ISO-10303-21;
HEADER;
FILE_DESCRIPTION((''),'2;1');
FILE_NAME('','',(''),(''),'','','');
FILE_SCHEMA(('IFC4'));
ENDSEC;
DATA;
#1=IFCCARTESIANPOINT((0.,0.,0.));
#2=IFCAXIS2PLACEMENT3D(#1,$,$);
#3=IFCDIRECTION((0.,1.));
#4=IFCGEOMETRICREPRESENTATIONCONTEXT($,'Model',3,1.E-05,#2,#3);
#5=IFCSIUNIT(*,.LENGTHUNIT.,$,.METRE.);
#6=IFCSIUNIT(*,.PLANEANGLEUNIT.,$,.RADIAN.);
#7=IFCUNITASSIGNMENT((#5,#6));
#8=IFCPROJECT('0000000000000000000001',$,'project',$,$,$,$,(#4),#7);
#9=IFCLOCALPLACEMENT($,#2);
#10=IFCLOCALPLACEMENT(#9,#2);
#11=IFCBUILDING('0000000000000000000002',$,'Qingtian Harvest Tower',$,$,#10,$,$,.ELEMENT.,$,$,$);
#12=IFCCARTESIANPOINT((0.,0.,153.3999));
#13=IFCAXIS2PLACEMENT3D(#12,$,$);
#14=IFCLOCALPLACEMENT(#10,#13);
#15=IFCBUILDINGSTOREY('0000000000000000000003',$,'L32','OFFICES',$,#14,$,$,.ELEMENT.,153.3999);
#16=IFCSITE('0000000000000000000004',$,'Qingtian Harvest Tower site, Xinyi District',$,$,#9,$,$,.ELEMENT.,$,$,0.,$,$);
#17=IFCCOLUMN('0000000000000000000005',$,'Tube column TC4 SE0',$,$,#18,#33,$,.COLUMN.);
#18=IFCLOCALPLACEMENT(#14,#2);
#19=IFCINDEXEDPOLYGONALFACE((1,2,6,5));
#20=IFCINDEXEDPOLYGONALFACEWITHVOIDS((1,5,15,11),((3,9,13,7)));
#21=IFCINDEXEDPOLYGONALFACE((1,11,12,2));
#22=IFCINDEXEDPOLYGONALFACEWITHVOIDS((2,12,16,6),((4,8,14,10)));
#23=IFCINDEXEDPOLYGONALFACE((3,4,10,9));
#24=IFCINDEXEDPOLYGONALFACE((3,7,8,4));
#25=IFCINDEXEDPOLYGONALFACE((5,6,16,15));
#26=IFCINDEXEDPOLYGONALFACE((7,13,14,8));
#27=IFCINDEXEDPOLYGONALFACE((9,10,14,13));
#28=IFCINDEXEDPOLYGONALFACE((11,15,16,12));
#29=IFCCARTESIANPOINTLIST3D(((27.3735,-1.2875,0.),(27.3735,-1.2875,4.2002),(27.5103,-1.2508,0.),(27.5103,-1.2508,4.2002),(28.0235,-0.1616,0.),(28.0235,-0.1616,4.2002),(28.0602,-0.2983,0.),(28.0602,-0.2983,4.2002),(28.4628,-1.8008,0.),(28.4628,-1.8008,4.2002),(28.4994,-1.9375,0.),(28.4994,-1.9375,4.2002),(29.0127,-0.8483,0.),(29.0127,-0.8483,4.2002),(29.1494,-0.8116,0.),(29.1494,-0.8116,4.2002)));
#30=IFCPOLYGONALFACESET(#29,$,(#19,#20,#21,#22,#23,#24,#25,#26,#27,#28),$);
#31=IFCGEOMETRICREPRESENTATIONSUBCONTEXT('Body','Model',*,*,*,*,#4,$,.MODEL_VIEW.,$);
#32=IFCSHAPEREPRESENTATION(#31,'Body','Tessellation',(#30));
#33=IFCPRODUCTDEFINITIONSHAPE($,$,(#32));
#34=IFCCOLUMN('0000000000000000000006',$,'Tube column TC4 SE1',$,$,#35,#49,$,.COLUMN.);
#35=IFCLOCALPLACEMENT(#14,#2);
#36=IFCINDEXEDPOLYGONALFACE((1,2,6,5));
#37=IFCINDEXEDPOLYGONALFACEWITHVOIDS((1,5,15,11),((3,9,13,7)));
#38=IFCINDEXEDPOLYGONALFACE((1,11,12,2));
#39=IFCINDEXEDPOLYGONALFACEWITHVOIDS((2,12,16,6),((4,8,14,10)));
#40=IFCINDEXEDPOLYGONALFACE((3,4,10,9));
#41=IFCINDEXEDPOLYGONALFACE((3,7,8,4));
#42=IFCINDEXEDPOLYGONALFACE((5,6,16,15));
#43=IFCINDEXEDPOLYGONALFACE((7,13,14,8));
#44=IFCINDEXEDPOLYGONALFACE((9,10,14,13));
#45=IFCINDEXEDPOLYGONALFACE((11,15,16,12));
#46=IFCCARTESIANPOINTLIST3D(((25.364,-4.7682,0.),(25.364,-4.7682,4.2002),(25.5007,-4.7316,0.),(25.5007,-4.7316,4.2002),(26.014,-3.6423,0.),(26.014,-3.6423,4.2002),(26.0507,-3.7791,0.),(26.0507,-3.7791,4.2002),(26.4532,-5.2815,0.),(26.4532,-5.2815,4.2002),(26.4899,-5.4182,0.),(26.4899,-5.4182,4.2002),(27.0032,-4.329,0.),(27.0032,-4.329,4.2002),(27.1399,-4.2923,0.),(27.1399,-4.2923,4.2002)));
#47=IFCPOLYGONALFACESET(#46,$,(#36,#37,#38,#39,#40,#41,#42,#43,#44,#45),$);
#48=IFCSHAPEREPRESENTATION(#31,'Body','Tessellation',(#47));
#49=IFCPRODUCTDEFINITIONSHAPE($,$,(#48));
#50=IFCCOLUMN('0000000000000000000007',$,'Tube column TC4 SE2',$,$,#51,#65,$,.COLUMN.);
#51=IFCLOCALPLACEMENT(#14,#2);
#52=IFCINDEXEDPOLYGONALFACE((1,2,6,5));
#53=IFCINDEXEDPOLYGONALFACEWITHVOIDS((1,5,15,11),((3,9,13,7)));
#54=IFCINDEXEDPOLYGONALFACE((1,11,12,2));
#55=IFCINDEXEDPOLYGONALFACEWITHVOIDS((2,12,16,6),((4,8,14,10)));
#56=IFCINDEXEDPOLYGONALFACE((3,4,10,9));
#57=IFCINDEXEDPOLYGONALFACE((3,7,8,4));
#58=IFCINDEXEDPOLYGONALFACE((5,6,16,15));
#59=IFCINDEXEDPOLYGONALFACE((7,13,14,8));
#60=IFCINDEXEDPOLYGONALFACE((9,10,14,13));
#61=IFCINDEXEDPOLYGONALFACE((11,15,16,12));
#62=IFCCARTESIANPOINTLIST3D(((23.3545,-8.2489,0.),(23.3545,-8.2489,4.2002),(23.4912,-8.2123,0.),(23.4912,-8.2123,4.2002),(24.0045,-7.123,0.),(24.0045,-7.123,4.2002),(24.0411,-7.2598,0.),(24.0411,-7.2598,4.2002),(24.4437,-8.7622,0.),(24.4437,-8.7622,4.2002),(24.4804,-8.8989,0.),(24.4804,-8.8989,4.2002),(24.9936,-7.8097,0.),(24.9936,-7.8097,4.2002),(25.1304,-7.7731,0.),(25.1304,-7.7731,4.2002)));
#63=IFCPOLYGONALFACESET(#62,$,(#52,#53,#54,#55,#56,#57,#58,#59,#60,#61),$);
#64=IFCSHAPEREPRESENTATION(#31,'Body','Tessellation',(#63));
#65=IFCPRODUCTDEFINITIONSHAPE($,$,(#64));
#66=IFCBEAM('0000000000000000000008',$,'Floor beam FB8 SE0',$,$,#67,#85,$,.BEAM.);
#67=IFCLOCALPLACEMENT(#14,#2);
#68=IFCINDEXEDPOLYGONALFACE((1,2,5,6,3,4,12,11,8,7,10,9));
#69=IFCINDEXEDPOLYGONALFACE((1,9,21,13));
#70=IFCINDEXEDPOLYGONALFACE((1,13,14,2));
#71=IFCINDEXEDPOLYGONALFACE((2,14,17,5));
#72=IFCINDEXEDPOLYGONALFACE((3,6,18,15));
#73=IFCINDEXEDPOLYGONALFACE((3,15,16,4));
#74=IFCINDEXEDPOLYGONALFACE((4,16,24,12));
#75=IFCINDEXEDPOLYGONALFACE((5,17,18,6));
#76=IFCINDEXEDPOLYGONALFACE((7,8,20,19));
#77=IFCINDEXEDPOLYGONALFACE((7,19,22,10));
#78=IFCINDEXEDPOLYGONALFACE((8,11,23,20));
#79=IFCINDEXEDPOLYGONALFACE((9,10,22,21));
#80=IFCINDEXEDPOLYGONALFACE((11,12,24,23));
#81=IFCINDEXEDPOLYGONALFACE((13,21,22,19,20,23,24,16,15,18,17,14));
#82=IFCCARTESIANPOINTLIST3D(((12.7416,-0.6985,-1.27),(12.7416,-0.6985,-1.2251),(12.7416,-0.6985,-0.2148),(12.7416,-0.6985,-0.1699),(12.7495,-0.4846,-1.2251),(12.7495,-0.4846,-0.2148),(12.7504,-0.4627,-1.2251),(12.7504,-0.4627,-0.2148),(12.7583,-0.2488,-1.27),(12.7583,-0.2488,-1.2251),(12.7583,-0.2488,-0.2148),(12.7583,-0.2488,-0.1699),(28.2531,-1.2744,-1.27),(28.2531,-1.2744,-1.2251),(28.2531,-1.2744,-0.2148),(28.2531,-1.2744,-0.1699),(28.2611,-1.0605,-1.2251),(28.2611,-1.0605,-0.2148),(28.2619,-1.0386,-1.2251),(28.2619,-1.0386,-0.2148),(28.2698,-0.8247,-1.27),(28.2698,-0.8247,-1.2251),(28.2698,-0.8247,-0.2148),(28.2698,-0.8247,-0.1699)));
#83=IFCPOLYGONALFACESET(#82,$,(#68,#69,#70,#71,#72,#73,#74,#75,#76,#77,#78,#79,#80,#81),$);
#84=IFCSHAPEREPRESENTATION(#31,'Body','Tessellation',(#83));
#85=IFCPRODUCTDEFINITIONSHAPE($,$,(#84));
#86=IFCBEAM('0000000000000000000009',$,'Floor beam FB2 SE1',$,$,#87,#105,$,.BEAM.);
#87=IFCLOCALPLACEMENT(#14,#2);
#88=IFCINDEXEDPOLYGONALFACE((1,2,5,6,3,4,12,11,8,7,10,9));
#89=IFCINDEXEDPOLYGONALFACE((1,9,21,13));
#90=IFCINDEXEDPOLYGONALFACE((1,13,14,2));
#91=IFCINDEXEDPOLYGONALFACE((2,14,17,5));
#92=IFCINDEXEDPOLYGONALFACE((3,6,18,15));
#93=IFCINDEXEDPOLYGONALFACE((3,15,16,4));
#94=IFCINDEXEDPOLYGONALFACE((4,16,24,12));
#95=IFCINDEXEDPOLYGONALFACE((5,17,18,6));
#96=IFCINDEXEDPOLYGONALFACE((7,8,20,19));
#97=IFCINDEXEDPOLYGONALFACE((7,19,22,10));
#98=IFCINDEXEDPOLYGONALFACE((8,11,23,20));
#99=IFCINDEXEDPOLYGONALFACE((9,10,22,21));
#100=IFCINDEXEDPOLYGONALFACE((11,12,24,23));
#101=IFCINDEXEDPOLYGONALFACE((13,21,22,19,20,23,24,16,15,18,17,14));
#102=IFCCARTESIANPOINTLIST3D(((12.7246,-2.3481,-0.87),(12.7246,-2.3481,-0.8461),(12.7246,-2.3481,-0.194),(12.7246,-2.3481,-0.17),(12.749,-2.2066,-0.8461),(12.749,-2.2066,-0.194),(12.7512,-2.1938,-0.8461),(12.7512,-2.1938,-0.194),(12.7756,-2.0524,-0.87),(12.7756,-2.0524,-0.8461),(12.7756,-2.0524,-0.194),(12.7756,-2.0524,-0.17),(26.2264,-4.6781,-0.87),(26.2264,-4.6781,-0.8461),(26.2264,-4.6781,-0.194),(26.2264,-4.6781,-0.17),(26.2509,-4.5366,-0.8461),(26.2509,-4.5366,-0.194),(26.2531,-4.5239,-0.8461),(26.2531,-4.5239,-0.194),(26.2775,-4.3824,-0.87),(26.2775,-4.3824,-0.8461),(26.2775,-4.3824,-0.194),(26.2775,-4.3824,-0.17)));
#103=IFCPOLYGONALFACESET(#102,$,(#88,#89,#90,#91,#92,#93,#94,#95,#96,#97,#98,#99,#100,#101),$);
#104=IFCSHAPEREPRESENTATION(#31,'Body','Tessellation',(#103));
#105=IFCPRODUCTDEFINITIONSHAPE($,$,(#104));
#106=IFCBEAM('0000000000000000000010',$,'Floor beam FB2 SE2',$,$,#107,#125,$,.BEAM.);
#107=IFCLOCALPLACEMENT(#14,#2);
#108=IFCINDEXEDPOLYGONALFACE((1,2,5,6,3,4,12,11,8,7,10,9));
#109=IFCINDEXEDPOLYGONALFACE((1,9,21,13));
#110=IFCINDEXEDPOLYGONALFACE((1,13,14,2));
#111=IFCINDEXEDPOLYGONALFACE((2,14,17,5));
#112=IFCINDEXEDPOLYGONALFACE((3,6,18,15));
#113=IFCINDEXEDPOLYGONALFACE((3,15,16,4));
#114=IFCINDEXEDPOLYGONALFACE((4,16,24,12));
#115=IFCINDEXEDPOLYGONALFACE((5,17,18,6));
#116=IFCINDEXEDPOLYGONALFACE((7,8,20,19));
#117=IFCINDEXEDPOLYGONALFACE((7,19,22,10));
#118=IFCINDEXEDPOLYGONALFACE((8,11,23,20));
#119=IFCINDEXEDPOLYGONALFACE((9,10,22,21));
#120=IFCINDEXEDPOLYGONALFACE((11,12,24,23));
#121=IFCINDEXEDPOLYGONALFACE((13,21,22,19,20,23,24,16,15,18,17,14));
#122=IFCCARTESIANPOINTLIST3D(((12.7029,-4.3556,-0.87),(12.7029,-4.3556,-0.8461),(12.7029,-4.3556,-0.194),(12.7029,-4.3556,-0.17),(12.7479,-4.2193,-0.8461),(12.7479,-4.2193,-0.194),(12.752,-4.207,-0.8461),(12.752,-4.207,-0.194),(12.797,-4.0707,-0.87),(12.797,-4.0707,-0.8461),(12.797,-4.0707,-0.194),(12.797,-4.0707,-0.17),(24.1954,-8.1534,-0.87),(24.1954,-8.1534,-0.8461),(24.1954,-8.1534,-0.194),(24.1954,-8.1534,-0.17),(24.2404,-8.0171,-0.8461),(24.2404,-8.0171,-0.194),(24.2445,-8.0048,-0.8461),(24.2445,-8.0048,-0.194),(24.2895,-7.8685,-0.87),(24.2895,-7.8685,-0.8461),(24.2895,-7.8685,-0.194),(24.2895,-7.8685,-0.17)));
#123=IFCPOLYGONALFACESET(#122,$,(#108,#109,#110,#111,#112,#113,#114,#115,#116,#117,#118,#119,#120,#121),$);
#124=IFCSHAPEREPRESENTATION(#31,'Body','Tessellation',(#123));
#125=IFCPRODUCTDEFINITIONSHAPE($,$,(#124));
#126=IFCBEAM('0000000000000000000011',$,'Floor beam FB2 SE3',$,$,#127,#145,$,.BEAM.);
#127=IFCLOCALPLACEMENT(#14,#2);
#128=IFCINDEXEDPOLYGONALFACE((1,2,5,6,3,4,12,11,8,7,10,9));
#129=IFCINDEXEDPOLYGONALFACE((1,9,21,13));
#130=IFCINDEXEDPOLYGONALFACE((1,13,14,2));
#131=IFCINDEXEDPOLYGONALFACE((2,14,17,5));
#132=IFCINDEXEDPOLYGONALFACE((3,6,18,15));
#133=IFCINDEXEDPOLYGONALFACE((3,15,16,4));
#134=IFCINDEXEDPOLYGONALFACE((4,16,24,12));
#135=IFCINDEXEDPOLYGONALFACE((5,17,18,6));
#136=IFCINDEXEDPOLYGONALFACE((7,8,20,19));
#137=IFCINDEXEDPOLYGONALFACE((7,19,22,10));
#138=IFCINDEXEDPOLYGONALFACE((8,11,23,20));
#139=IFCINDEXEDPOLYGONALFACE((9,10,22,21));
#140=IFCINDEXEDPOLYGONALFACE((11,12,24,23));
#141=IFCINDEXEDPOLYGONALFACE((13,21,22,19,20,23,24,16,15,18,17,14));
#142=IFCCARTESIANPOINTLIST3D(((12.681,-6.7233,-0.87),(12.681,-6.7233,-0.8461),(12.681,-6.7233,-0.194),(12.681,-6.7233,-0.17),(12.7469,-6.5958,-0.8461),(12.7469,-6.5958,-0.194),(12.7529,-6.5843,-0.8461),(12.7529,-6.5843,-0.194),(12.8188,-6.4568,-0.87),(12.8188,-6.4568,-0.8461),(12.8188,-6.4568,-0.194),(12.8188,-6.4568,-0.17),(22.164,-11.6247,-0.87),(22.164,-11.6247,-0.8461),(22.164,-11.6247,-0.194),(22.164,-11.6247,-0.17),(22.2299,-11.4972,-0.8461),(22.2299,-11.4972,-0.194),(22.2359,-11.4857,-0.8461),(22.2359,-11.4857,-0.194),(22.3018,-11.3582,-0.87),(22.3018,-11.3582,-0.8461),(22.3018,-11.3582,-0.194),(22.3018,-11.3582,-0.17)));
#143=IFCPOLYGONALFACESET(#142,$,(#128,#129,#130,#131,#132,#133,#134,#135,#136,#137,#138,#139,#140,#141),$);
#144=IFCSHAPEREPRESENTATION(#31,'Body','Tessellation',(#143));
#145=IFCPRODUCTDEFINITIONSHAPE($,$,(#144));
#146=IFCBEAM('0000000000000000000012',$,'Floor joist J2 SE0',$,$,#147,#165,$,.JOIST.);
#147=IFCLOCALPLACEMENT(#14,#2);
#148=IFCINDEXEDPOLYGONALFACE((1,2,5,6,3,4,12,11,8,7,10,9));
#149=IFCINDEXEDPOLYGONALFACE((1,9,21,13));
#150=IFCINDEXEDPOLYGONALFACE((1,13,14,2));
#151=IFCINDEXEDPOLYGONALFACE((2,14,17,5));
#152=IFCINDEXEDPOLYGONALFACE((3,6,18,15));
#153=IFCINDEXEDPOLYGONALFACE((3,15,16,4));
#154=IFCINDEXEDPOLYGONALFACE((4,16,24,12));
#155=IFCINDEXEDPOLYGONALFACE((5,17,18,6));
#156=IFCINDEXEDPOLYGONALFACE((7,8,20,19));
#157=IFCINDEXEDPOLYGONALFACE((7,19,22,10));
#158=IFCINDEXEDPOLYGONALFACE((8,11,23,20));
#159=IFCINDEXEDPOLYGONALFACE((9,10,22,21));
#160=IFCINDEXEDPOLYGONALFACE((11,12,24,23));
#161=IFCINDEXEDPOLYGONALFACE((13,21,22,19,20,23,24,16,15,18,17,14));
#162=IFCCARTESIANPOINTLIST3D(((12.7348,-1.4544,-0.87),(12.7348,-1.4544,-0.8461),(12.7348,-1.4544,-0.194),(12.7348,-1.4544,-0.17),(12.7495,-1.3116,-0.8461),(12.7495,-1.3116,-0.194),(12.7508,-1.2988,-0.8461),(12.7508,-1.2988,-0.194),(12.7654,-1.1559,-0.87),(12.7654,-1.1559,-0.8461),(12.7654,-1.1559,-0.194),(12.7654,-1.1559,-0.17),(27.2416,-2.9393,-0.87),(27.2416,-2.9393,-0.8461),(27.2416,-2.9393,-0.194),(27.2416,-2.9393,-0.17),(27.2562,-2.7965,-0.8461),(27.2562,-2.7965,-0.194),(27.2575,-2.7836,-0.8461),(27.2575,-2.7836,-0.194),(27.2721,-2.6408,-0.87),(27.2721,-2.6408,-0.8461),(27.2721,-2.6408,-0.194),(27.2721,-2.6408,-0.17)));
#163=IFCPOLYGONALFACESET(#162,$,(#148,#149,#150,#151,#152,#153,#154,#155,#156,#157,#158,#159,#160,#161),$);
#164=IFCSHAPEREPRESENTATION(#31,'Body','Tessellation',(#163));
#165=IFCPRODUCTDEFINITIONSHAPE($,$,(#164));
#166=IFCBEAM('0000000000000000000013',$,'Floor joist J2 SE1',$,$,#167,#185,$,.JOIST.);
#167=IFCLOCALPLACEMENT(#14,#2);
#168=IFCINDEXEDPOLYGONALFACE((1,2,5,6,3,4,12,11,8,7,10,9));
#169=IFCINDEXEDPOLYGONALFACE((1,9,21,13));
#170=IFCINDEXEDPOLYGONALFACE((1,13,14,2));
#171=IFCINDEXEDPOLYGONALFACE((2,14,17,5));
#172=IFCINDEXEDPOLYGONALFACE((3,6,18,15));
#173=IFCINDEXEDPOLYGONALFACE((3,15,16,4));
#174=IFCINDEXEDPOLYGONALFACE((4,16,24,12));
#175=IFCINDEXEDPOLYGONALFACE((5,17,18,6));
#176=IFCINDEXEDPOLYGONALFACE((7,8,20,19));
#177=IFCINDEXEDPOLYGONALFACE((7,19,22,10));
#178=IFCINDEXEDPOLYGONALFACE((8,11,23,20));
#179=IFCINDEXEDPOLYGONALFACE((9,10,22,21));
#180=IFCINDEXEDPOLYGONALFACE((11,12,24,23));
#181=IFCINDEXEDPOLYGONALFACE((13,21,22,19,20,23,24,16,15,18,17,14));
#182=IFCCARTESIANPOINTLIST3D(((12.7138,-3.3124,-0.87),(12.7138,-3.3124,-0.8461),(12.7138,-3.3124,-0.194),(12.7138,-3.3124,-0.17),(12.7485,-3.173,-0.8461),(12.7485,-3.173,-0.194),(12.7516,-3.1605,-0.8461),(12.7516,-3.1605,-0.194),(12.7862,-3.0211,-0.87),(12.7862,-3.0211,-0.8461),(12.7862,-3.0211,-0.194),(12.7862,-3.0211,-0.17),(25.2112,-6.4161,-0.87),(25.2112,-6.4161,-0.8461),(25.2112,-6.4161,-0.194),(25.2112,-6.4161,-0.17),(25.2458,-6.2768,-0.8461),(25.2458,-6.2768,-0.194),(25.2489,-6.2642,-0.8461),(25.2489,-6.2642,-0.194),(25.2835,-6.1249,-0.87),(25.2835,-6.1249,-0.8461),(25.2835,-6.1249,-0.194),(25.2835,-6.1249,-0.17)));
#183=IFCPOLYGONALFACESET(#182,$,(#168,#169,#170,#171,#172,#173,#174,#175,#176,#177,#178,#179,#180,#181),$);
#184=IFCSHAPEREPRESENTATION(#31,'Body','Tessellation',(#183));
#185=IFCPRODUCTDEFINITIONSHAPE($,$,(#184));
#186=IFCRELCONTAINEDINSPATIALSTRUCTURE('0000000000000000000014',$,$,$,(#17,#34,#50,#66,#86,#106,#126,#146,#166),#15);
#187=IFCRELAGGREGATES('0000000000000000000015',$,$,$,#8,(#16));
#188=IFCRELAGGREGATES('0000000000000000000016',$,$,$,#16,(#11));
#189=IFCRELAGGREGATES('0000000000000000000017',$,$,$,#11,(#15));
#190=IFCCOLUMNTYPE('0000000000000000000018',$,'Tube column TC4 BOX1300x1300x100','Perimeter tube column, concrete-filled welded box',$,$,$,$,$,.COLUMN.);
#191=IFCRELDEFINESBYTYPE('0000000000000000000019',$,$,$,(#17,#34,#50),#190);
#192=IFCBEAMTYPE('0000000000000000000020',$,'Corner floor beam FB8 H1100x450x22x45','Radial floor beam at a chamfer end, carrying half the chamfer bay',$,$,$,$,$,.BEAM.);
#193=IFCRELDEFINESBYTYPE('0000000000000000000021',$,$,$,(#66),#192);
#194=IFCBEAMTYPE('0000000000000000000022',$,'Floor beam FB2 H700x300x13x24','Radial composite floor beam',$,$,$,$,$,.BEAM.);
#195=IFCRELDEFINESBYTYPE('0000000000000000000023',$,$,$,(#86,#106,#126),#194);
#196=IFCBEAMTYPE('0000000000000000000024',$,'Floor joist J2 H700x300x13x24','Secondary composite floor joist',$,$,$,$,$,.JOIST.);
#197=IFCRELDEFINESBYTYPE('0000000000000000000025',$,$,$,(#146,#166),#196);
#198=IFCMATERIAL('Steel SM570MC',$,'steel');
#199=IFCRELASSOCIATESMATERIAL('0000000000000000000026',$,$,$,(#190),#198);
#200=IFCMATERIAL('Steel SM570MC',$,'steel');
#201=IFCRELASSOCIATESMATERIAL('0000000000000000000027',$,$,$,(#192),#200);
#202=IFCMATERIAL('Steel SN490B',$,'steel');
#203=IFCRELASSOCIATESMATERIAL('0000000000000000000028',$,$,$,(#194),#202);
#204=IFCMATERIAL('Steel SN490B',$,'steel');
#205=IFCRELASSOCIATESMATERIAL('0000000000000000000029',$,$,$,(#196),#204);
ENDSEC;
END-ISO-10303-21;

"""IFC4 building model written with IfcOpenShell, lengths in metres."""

from ifc_helpers import new_model, si_unit, direction, frame, origin, origin_2d, place, context, subcontext, project, spatial, hollow_rectangle, i_section, extrude, material, material_profile, profile_set, type_object, element, save


model = new_model("IFC4")

# Units and contexts
model_context = context("Model", 3, precision=1e-05, world=origin(), true_north=direction((0.0, 1.0)))
body_context = subcontext(model_context, "Body", "Model", "MODEL_VIEW")
ifc_project = project(units=[si_unit("LENGTHUNIT", "METRE"), si_unit("PLANEANGLEUNIT", "RADIAN")], contexts=[model_context])

# Site, building, storey
site_placement = place(None, origin())
site = spatial("IfcSite", under=ifc_project, at=site_placement, Name="Qingtian Harvest Tower site, Xinyi District", CompositionType="ELEMENT", RefElevation=0.0)
building_placement = place(site_placement, origin())
building = spatial("IfcBuilding", under=site, at=building_placement, Name="Qingtian Harvest Tower", CompositionType="ELEMENT")
storey_placement = place(building_placement, frame((0.0, 0.0, 153.3999)))
storey = spatial("IfcBuildingStorey", under=building, at=storey_placement, Name="L32", Description="OFFICES", CompositionType="ELEMENT", Elevation=153.3999)

# Columns
ifc_material_1 = material(Name="Steel SM570MC", Category="steel")
ifc_material_profile_1 = material_profile(ifc_material_1, hollow_rectangle(XDim=1.3, YDim=1.3, WallThickness=0.1001, at=origin_2d()), Name="BOX1300x1300x100")
ifc_profile_set_1 = profile_set([ifc_material_profile_1], Name="Steel SM570MC")
column_type = type_object("IfcColumnType", Name="Tube column TC4 BOX1300x1300x100", Description="Perimeter tube column, concrete-filled welded box", PredefinedType="COLUMN", material=ifc_profile_set_1)
for number, where, z_axis, x_axis, name in (
    (1, (28.2615, -1.0496, 0.0), (0.0, 0.0, 1.0), (0.5, 0.866025, 0.0), "Tube column TC4 SE0"),
    (2, (26.252, -4.5303, 0.0), (0.0, 0.0, 1.0), (0.5, 0.866025, 0.0), "Tube column TC4 SE1"),
    (3, (24.2424, -8.011, 0.0), (0.0, 0.0, 1.0), (0.5, 0.866025, 0.0), "Tube column TC4 SE2"),
):
    element("IfcColumn", number, at=place(storey_placement, frame(where, z_axis=z_axis, x_axis=x_axis)), inside=storey, type_object=column_type, Name=name, PredefinedType="COLUMN", context=body_context, shape_type="SweptSolid", body=[
        extrude(hollow_rectangle(XDim=1.3, YDim=1.3, WallThickness=0.1001, at=origin_2d()), origin(), (0.0, 0.0, 1.0), 4.2002),
    ])

# Beams
ifc_material_2 = material(Name="Steel SM570MC", Category="steel")
ifc_material_profile_2 = material_profile(ifc_material_2, i_section(OverallWidth=0.45, OverallDepth=1.1001, WebThickness=0.022, FlangeThickness=0.0449, at=origin_2d()), Name="H1100x450x22x45")
ifc_profile_set_2 = profile_set([ifc_material_profile_2], Name="Steel SM570MC")
beam_type_1 = type_object("IfcBeamType", Name="Corner floor beam FB8 H1100x450x22x45", Description="Radial floor beam at a chamfer end, carrying half the chamfer bay", PredefinedType="BEAM", material=ifc_profile_set_2)
beam_1_placement = place(storey_placement, frame((28.2615, -1.0496, -0.72), z_axis=(-0.999311, 0.037104, 0.0), x_axis=(-0.037104, -0.999311, 0.0)))
element("IfcBeam", 4, at=beam_1_placement, inside=storey, type_object=beam_type_1, Name="Floor beam FB8 SE0", PredefinedType="BEAM", context=body_context, shape_type="SweptSolid", body=[
    extrude(i_section(OverallWidth=0.45, OverallDepth=1.1001, WebThickness=0.022, FlangeThickness=0.0449, at=origin_2d()), origin(), (0.0, 0.0, 1.0), 15.5222),
])
ifc_material_3 = material(Name="Steel SN490B", Category="steel")
ifc_material_profile_3 = material_profile(ifc_material_3, i_section(OverallWidth=0.3, OverallDepth=0.7, WebThickness=0.0129, FlangeThickness=0.0239, at=origin_2d()), Name="H700x300x13x24")
ifc_profile_set_3 = profile_set([ifc_material_profile_3], Name="Steel SN490B")
beam_type_2 = type_object("IfcBeamType", Name="Floor beam FB2 H700x300x13x24", Description="Radial composite floor beam", PredefinedType="BEAM", material=ifc_profile_set_3)
beam_2_placement = place(storey_placement, frame((26.252, -4.5303, -0.52), z_axis=(-0.985434, 0.17006, 0.0), x_axis=(-0.17006, -0.985434, 0.0)))
element("IfcBeam", 5, at=beam_2_placement, inside=storey, type_object=beam_type_2, Name="Floor beam FB2 SE1", PredefinedType="BEAM", context=body_context, shape_type="SweptSolid", body=[
    extrude(i_section(OverallWidth=0.3, OverallDepth=0.7, WebThickness=0.0129, FlangeThickness=0.0239, at=origin_2d()), origin(), (0.0, 0.0, 1.0), 13.7014),
])
beam_3_placement = place(storey_placement, frame((24.2424, -8.011, -0.52), z_axis=(-0.949497, 0.313776, 0.0), x_axis=(-0.313776, -0.949497, 0.0)))
element("IfcBeam", 6, at=beam_3_placement, inside=storey, type_object=beam_type_2, Name="Floor beam FB2 SE2", PredefinedType="BEAM", context=body_context, shape_type="SweptSolid", body=[
    extrude(i_section(OverallWidth=0.3, OverallDepth=0.7, WebThickness=0.0129, FlangeThickness=0.0239, at=origin_2d()), origin(), (0.0, 0.0, 1.0), 12.1038),
])
beam_4_placement = place(storey_placement, frame((22.2329, -11.4915, -0.52), z_axis=(-0.888355, 0.459158, 0.0), x_axis=(-0.459158, -0.888355, 0.0)))
element("IfcBeam", 7, at=beam_4_placement, inside=storey, type_object=beam_type_2, Name="Floor beam FB2 SE3", PredefinedType="BEAM", context=body_context, shape_type="SweptSolid", body=[
    extrude(i_section(OverallWidth=0.3, OverallDepth=0.7, WebThickness=0.0129, FlangeThickness=0.0239, at=origin_2d()), origin(), (0.0, 0.0, 1.0), 10.6748),
])
ifc_material_4 = material(Name="Steel SN490B", Category="steel")
ifc_material_profile_4 = material_profile(ifc_material_4, i_section(OverallWidth=0.3, OverallDepth=0.7, WebThickness=0.0129, FlangeThickness=0.0239, at=origin_2d()), Name="H700x300x13x24")
ifc_profile_set_4 = profile_set([ifc_material_profile_4], Name="Steel SN490B")
beam_type_3 = type_object("IfcBeamType", Name="Floor joist J2 H700x300x13x24", Description="Secondary composite floor joist", PredefinedType="JOIST", material=ifc_profile_set_4)
beam_5_placement = place(storey_placement, frame((27.2568, -2.79, -0.52), z_axis=(-0.994802, 0.101824, 0.0), x_axis=(-0.101824, -0.994802, 0.0)))
element("IfcBeam", 8, at=beam_5_placement, inside=storey, type_object=beam_type_3, Name="Floor joist J2 SE0", PredefinedType="JOIST", context=body_context, shape_type="SweptSolid", body=[
    extrude(i_section(OverallWidth=0.3, OverallDepth=0.7, WebThickness=0.0129, FlangeThickness=0.0239, at=origin_2d()), origin(), (0.0, 0.0, 1.0), 14.5825),
])
beam_6_placement = place(storey_placement, frame((25.2473, -6.2705, -0.52), z_axis=(-0.970517, 0.241032, 0.0), x_axis=(-0.241032, -0.970517, 0.0)))
element("IfcBeam", 9, at=beam_6_placement, inside=storey, type_object=beam_type_3, Name="Floor joist J2 SE1", PredefinedType="JOIST", context=body_context, shape_type="SweptSolid", body=[
    extrude(i_section(OverallWidth=0.3, OverallDepth=0.7, WebThickness=0.0129, FlangeThickness=0.0239, at=origin_2d()), origin(), (0.0, 0.0, 1.0), 12.877),
])

save(model, "model.ifc")
